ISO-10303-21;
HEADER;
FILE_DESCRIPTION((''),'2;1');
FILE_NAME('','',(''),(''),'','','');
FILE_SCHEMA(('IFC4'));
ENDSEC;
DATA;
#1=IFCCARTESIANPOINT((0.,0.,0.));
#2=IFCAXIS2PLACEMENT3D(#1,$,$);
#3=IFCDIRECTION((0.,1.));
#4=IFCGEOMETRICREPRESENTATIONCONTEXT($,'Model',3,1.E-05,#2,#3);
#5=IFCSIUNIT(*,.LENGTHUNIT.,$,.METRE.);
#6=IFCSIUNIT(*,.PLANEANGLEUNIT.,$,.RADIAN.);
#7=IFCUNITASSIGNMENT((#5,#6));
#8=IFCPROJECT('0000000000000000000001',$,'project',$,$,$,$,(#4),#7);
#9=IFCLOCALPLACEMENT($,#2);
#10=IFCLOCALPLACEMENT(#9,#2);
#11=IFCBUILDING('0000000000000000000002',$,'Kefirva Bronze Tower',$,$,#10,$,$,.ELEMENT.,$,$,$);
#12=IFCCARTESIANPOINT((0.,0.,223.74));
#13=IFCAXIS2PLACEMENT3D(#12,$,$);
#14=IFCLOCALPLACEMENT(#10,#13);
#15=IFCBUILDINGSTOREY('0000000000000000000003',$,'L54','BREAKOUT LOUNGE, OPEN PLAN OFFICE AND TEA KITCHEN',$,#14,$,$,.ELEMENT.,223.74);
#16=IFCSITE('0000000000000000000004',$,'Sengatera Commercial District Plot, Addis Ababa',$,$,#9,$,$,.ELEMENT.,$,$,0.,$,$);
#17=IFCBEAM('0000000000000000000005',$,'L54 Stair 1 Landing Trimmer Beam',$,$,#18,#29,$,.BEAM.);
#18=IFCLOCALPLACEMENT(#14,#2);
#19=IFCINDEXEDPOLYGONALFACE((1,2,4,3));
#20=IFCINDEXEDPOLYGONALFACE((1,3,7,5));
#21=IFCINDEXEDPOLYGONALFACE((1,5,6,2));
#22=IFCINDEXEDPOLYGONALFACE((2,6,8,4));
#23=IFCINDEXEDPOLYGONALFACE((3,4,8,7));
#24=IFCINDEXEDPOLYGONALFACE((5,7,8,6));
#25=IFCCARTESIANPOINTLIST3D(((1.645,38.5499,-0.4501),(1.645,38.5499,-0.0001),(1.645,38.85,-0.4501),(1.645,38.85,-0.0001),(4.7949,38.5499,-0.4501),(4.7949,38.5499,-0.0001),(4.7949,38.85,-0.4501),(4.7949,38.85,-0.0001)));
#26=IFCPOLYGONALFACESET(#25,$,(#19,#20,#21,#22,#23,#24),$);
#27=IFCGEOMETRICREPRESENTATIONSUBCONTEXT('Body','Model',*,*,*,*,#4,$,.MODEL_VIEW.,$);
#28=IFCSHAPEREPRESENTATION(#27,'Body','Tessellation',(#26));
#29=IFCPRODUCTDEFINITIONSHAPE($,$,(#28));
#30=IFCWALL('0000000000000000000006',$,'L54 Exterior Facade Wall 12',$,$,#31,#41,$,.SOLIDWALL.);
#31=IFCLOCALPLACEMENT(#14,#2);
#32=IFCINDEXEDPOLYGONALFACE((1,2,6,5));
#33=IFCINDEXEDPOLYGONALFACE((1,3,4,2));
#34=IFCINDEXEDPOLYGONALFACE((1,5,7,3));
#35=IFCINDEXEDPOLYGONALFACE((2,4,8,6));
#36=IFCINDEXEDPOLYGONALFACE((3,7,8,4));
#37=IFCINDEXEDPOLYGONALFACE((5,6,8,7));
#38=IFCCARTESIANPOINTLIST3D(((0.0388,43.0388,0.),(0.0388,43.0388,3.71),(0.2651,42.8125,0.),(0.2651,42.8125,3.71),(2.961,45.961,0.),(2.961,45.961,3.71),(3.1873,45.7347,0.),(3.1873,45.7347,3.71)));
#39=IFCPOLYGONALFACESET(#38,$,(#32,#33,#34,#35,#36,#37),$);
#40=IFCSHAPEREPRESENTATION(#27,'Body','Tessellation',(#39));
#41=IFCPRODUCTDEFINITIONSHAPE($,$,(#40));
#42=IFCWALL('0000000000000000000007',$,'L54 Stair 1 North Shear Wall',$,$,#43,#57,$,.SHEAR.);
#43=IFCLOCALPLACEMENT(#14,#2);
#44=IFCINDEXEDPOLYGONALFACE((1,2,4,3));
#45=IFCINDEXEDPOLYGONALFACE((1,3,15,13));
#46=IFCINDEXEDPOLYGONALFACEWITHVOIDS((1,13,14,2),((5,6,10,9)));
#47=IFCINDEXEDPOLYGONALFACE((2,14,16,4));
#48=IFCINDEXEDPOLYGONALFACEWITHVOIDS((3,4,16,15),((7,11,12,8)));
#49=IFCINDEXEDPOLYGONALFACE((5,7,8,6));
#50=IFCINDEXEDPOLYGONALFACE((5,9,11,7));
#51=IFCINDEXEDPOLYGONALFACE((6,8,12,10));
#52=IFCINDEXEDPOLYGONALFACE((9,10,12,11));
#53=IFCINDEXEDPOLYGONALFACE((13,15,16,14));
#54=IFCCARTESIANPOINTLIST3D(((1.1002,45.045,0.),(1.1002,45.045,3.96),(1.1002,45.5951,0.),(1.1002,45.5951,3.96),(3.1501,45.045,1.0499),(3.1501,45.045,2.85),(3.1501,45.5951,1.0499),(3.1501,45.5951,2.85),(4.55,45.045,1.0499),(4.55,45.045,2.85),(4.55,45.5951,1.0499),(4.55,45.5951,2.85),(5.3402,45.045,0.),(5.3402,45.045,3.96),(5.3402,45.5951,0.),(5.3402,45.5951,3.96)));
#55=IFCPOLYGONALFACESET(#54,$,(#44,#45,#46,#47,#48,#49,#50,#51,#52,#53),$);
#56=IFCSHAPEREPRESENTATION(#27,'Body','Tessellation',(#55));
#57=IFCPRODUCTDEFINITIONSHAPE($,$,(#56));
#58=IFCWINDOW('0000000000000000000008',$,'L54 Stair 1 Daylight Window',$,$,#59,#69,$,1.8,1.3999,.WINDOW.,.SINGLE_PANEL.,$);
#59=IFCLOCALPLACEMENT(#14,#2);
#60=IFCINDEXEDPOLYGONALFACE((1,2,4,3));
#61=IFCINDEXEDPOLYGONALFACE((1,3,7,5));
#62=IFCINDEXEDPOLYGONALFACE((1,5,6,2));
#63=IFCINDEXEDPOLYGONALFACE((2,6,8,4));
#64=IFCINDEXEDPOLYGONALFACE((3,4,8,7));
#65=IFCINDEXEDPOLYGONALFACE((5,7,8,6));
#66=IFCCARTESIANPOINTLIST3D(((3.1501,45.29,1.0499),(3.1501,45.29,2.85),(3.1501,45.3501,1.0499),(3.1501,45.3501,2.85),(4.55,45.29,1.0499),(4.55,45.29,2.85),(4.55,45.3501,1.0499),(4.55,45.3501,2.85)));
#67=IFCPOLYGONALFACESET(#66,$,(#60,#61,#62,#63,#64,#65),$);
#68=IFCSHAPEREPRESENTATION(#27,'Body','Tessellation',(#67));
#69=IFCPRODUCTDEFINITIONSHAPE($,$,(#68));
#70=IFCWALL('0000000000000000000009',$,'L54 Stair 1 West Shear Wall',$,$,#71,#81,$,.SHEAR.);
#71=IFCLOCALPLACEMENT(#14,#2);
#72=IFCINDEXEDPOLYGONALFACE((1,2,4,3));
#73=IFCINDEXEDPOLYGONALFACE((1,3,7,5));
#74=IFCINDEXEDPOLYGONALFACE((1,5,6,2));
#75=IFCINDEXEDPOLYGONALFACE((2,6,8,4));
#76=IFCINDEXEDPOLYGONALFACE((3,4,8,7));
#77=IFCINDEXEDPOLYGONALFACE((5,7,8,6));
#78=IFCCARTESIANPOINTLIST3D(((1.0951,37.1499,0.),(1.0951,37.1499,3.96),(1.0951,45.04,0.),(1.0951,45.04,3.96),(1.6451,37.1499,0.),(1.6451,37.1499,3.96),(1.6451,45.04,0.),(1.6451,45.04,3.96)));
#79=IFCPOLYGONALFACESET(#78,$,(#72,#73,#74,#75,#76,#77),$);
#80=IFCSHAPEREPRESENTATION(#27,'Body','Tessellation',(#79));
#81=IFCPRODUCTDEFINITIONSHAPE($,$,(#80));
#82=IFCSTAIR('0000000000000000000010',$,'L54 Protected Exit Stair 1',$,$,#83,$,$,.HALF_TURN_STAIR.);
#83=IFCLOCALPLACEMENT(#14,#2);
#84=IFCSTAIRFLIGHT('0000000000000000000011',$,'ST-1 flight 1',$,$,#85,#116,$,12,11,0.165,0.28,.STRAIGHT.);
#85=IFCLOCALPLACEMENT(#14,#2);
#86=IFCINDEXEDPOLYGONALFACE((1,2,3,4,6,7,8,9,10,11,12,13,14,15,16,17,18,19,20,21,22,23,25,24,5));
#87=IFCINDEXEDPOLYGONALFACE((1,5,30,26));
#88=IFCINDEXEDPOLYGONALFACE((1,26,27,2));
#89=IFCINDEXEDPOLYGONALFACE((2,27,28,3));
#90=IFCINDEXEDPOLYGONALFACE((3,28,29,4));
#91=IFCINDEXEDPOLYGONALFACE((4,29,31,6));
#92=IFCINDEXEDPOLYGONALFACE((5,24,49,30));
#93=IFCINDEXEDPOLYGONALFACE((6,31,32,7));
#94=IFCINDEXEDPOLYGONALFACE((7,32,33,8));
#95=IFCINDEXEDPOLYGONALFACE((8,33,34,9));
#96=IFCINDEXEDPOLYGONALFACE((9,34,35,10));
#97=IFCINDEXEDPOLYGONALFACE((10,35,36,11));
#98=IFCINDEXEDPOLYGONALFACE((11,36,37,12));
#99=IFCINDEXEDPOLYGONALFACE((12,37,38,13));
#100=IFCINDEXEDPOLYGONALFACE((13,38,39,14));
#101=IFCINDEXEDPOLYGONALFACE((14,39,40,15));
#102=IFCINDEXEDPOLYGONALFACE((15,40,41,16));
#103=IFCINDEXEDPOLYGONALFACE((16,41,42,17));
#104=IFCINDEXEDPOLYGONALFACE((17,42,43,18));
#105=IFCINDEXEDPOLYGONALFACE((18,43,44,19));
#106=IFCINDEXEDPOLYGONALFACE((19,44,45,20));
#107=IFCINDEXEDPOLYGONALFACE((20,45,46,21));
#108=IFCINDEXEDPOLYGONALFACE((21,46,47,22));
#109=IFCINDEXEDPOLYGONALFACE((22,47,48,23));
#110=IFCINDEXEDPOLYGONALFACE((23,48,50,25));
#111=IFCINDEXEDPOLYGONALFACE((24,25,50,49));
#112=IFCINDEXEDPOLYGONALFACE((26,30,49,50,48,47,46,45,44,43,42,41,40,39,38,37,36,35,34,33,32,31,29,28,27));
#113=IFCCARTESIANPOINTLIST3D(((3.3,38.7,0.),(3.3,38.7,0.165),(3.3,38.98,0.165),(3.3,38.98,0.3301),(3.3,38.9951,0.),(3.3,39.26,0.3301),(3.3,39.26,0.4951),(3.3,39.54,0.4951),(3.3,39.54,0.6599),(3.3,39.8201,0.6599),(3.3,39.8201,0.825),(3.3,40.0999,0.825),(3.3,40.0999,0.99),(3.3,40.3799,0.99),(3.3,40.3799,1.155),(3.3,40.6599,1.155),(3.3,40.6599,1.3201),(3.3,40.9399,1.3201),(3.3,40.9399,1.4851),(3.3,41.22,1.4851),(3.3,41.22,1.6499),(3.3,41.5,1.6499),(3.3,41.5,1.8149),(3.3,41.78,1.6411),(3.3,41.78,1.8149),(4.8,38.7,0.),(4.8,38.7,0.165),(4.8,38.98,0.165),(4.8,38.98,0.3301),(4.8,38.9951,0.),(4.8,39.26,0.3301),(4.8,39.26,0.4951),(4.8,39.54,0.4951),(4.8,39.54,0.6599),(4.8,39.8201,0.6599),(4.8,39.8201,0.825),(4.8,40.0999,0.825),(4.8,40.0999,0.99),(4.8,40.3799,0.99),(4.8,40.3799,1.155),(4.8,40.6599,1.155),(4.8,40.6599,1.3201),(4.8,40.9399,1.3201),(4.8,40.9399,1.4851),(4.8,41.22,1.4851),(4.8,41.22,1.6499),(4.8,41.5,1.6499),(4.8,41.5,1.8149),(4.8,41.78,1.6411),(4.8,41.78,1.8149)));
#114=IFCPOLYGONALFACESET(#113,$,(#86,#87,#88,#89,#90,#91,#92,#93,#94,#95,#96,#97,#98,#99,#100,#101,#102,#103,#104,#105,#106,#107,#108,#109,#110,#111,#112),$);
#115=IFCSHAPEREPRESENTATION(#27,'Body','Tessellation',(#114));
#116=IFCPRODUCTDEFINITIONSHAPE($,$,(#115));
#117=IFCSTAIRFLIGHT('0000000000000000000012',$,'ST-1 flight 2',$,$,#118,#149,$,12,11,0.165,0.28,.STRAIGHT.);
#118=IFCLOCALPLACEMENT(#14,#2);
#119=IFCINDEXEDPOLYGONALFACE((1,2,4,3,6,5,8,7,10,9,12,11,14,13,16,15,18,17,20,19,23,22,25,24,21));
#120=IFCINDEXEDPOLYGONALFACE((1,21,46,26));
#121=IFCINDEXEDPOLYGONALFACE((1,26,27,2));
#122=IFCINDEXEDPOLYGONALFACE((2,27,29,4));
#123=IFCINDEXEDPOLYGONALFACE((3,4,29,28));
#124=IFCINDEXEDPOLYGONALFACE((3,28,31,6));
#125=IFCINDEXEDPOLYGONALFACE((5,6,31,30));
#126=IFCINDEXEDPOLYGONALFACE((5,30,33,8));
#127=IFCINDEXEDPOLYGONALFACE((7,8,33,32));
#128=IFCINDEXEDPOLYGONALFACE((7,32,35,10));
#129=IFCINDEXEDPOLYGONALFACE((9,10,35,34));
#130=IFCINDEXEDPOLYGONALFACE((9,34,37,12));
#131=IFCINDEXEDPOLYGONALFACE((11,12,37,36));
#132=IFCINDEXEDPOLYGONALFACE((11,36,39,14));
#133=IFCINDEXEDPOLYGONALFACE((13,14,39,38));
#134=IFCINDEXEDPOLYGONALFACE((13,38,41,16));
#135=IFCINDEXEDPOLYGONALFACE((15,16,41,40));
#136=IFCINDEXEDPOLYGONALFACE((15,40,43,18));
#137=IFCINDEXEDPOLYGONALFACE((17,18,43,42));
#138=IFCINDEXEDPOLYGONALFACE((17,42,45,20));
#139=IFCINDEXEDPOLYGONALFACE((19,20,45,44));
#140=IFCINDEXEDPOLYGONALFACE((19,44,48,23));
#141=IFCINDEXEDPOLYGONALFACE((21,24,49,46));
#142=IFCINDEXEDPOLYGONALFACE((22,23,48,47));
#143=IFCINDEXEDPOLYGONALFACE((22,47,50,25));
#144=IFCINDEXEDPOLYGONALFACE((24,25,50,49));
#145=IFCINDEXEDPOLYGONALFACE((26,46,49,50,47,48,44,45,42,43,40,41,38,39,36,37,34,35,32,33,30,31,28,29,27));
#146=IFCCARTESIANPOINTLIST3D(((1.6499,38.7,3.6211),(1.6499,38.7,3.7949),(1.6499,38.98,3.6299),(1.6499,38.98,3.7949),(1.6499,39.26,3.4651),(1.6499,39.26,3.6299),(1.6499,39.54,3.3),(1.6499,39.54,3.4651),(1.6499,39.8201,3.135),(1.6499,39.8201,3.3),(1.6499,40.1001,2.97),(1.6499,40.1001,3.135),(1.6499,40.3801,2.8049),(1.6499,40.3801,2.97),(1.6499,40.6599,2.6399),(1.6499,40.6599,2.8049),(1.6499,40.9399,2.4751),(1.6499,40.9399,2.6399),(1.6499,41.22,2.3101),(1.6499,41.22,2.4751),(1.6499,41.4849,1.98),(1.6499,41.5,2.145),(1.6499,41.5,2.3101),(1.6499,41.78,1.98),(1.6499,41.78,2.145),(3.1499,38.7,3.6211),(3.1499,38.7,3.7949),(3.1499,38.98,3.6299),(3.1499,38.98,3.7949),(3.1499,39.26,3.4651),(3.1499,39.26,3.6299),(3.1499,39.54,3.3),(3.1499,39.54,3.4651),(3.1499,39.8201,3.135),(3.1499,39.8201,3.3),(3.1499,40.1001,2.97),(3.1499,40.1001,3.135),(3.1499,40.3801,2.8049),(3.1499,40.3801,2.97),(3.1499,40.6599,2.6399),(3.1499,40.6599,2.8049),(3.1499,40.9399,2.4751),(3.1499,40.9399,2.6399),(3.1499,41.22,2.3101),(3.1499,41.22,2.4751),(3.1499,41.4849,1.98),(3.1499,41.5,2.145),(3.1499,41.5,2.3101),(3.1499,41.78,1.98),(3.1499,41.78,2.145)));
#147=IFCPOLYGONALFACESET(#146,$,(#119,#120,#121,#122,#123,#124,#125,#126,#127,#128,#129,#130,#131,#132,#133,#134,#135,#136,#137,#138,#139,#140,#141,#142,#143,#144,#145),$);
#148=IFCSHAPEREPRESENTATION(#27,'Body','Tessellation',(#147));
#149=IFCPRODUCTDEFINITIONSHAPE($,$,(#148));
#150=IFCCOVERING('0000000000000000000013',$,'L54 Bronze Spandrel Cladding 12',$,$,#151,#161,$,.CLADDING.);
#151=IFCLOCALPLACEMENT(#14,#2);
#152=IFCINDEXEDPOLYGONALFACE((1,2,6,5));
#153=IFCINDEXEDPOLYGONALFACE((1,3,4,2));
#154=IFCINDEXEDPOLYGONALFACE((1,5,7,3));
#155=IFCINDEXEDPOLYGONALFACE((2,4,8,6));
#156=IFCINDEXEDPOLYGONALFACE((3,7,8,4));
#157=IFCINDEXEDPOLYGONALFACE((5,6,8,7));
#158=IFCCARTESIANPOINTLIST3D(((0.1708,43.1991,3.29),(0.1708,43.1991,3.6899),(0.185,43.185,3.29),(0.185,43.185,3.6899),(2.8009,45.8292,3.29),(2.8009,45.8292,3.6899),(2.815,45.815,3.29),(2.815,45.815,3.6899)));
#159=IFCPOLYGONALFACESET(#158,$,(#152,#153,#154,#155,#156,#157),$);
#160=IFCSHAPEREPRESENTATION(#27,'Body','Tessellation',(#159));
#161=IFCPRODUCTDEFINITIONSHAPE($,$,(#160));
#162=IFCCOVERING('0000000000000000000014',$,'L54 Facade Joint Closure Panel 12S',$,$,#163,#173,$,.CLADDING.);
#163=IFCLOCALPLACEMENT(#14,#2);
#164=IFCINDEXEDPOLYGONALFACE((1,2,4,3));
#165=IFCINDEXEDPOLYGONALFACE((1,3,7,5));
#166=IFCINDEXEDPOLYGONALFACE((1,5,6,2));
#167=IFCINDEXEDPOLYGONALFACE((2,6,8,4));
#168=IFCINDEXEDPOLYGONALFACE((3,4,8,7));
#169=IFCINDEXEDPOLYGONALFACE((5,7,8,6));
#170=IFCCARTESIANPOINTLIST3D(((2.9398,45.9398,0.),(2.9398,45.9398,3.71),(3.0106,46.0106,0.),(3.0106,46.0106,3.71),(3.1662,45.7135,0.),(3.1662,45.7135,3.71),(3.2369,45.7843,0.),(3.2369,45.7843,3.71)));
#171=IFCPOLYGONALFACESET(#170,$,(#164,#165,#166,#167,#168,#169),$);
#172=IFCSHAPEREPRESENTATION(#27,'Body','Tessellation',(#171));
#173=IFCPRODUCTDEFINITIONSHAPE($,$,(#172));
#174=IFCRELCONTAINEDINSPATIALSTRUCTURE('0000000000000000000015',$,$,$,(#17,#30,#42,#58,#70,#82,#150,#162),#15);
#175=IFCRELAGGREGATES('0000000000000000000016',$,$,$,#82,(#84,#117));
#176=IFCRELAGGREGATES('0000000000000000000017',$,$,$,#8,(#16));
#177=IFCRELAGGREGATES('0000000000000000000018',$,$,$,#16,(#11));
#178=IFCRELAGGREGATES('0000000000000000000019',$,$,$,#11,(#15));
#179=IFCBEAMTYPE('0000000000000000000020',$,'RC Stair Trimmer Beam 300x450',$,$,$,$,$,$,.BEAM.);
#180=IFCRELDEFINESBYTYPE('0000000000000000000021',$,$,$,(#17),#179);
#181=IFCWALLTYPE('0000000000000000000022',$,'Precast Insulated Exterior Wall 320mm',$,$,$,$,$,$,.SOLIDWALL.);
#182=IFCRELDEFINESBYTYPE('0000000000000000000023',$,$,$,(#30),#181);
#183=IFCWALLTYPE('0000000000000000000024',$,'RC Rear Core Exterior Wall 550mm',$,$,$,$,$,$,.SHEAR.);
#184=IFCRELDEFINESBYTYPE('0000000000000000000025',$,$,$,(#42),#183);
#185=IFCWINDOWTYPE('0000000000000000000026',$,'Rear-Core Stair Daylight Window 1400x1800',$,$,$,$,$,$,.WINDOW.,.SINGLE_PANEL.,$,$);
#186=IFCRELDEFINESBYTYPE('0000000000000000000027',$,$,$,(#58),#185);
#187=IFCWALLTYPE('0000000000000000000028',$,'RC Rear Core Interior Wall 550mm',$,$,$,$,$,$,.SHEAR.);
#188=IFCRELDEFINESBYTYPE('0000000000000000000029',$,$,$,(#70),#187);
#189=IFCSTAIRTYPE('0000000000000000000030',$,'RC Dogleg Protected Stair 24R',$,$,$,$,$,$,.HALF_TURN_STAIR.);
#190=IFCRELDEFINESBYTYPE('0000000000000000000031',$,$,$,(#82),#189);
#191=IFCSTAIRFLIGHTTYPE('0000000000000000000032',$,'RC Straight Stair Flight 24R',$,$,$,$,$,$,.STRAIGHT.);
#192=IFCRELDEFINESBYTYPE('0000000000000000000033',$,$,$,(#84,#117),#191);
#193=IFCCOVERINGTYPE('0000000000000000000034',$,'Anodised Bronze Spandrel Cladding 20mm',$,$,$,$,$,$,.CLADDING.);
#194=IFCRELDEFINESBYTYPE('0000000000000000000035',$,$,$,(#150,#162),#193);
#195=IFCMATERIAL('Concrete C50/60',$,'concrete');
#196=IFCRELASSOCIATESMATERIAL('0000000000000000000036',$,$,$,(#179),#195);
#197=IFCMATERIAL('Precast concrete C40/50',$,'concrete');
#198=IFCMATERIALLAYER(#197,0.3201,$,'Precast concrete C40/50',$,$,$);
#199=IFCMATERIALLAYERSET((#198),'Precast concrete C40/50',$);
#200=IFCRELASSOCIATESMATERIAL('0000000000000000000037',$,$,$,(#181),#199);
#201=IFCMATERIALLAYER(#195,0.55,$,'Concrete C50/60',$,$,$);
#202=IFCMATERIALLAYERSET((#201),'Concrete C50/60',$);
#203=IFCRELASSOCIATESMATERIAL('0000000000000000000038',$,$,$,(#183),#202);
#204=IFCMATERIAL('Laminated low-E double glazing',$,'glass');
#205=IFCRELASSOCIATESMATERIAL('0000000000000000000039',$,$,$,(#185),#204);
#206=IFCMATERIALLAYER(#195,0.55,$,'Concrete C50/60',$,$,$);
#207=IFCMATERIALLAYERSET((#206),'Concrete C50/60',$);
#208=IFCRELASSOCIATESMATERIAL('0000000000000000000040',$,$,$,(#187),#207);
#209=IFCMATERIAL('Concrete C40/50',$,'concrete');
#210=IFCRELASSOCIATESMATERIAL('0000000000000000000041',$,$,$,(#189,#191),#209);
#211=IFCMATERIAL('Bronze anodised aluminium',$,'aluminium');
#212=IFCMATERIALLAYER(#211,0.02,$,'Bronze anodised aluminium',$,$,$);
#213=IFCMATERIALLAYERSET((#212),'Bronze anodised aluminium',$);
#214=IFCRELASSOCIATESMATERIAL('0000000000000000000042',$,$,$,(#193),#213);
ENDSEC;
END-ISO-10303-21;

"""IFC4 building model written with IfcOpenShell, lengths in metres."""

from ifc_helpers import new_model, si_unit, direction, frame, frame_2d, origin, origin_2d, place, context, subcontext, project, spatial, polyline, rectangle, outline, extrude, material, layer, layer_set, material_profile, profile_set, type_object, element, fill, aggregate, save


model = new_model("IFC4")

# Units and contexts
model_context = context("Model", 3, precision=1e-05, world=origin(), true_north=direction((0.0, 1.0)))
body_context = subcontext(model_context, "Body", "Model", "MODEL_VIEW")
ifc_project = project(units=[si_unit("LENGTHUNIT", "METRE"), si_unit("PLANEANGLEUNIT", "RADIAN")], contexts=[model_context])

# Site, building, storey
site_placement = place(None, origin())
site = spatial("IfcSite", under=ifc_project, at=site_placement, Name="Sengatera Commercial District Plot, Addis Ababa", CompositionType="ELEMENT", RefElevation=0.0)
building_placement = place(site_placement, origin())
building = spatial("IfcBuilding", under=site, at=building_placement, Name="Kefirva Bronze Tower", CompositionType="ELEMENT")
storey_placement = place(building_placement, frame((0.0, 0.0, 223.74)))
storey = spatial("IfcBuildingStorey", under=building, at=storey_placement, Name="L54", Description="BREAKOUT LOUNGE, OPEN PLAN OFFICE AND TEA KITCHEN", CompositionType="ELEMENT", Elevation=223.74)

# Beam
ifc_material_1 = material(Name="Concrete C50/60", Category="concrete")
ifc_material_profile = material_profile(ifc_material_1, rectangle(XDim=0.3, YDim=0.45, at=origin_2d()), Name="RC 300x450")
ifc_profile_set = profile_set([ifc_material_profile], Name="Concrete C50/60")
beam_type = type_object("IfcBeamType", Name="RC Stair Trimmer Beam 300x450", PredefinedType="BEAM", material=ifc_profile_set)
beam_placement = place(storey_placement, frame((1.645, 38.7, -0.2251), z_axis=(1.0, 0.0, 0.0), x_axis=(0.0, 1.0, 0.0)))
element("IfcBeam", 1, at=beam_placement, inside=storey, type_object=beam_type, Name="L54 Stair 1 Landing Trimmer Beam", PredefinedType="BEAM", context=body_context, shape_type="SweptSolid", body=[
    extrude(rectangle(XDim=0.3, YDim=0.45, at=origin_2d()), origin(), (0.0, 0.0, 1.0), 3.1499),
])

# Wall
ifc_material_2 = material(Name="Precast concrete C40/50", Category="concrete")
ifc_layer_1 = layer(ifc_material_2, 0.3201, Name="Precast concrete C40/50")
ifc_layer_set_1 = layer_set([ifc_layer_1], Name="Precast concrete C40/50")
wall_type_1 = type_object("IfcWallType", Name="Precast Insulated Exterior Wall 320mm", PredefinedType="SOLIDWALL", material=ifc_layer_set_1)
wall_1_placement = place(storey_placement, frame((3.0742, 45.8479, 0.0), z_axis=(0.0, 0.0, 1.0), x_axis=(-0.707107, -0.707107, 0.0)))
element("IfcWall", 2, at=wall_1_placement, inside=storey, type_object=wall_type_1, Name="L54 Exterior Facade Wall 12", PredefinedType="SOLIDWALL", context=body_context, shape_type="SweptSolid", body=[
    extrude(rectangle(XDim=4.1326, YDim=0.3201, at=frame_2d((2.0664, 0.0))), origin(), (0.0, 0.0, 1.0), 3.71),
])

# Wall, opening, window
ifc_layer_2 = layer(ifc_material_1, 0.55, Name="Concrete C50/60")
ifc_layer_set_2 = layer_set([ifc_layer_2], Name="Concrete C50/60")
wall_type_2 = type_object("IfcWallType", Name="RC Rear Core Exterior Wall 550mm", PredefinedType="SHEAR", material=ifc_layer_set_2)
wall_2_placement = place(storey_placement, frame((1.1001, 45.3201, 0.0), z_axis=(0.0, 0.0, 1.0), x_axis=(1.0, 0.0, 0.0)))
wall_2 = element("IfcWall", 3, at=wall_2_placement, inside=storey, type_object=wall_type_2, Name="L54 Stair 1 North Shear Wall", PredefinedType="SHEAR", context=body_context, shape_type="SweptSolid", body=[
    extrude(rectangle(XDim=4.24, YDim=0.55, at=frame_2d((2.1201, 0.0))), origin(), (0.0, 0.0, 1.0), 3.96),
])
opening_1_placement = place(wall_2_placement, frame((2.05, 0.0, 1.05)))
opening_1 = element("IfcOpeningElement", 4, at=opening_1_placement, cuts=wall_2, PredefinedType="OPENING", context=body_context, shape_type="SweptSolid", body=[
    extrude(rectangle(XDim=1.3999, YDim=1.8, at=frame_2d((0.7, 0.8999))), frame((0.0, 0.2852, 0.0), z_axis=(0.0, -1.0, 0.0), x_axis=(1.0, 0.0, 0.0)), (0.0, 0.0, 1.0), 0.5701),
])
ifc_material_3 = material(Name="Laminated low-E double glazing", Category="glass")
window_type = type_object("IfcWindowType", Name="Rear-Core Stair Daylight Window 1400x1800", PartitioningType="SINGLE_PANEL", PredefinedType="WINDOW", material=ifc_material_3)
window_placement = place(opening_1_placement, origin())
window = element("IfcWindow", 5, at=window_placement, inside=storey, type_object=window_type, Name="L54 Stair 1 Daylight Window", OverallHeight=1.8, OverallWidth=1.3999, PartitioningType="SINGLE_PANEL", PredefinedType="WINDOW", context=body_context, shape_type="SweptSolid", body=[
    extrude(rectangle(XDim=1.3999, YDim=1.8, at=frame_2d((0.7, 0.8999))), frame((0.0, 0.03, 0.0), z_axis=(0.0, -1.0, 0.0), x_axis=(1.0, 0.0, 0.0)), (0.0, 0.0, 1.0), 0.0601),
])
fill(opening_1, window)

# Wall
ifc_layer_3 = layer(ifc_material_1, 0.55, Name="Concrete C50/60")
ifc_layer_set_3 = layer_set([ifc_layer_3], Name="Concrete C50/60")
wall_type_3 = type_object("IfcWallType", Name="RC Rear Core Interior Wall 550mm", PredefinedType="SHEAR", material=ifc_layer_set_3)
wall_3_placement = place(storey_placement, frame((1.3701, 37.1499, 0.0), z_axis=(0.0, 0.0, 1.0), x_axis=(0.0, 1.0, 0.0)))
element("IfcWall", 6, at=wall_3_placement, inside=storey, type_object=wall_type_3, Name="L54 Stair 1 West Shear Wall", PredefinedType="SHEAR", context=body_context, shape_type="SweptSolid", body=[
    extrude(rectangle(XDim=7.8901, YDim=0.55, at=frame_2d((3.9451, 0.0))), origin(), (0.0, 0.0, 1.0), 3.96),
])

# Stair, stair flights
ifc_material_4 = material(Name="Concrete C40/50", Category="concrete")
stair_type = type_object("IfcStairType", Name="RC Dogleg Protected Stair 24R", PredefinedType="HALF_TURN_STAIR", material=ifc_material_4)
stair_placement = place(storey_placement, origin())
stair = element("IfcStair", 7, at=stair_placement, inside=storey, type_object=stair_type, Name="L54 Protected Exit Stair 1", PredefinedType="HALF_TURN_STAIR")
stair_flight_type = type_object("IfcStairFlightType", Name="RC Straight Stair Flight 24R", PredefinedType="STRAIGHT", material=ifc_material_4)
stair_flight_1_placement = place(storey_placement, frame((4.05, 38.7, 0.0), z_axis=(0.0, 0.0, 1.0), x_axis=(0.0, 1.0, 0.0)))
stair_flight_1 = element("IfcStairFlight", 8, at=stair_flight_1_placement, type_object=stair_flight_type, Name="ST-1 flight 1", NumberOfRisers=12, NumberOfTreads=11, PredefinedType="STRAIGHT", RiserHeight=0.165, TreadLength=0.28, context=body_context, shape_type="SweptSolid", body=[
    extrude(outline(polyline([(0.0, 0.0), (0.0, 0.165), (0.28, 0.165), (0.28, 0.3301), (0.5601, 0.3301), (0.5601, 0.4951), (0.8401, 0.4951), (0.8401, 0.6599), (1.1201, 0.6599), (1.1201, 0.825), (1.3999, 0.825), (1.3999, 0.99), (1.6799, 0.99), (1.6799, 1.155), (1.96, 1.155), (1.96, 1.3201), (2.24, 1.3201), (2.24, 1.4851), (2.52, 1.4851), (2.52, 1.6499), (2.8, 1.6499), (2.8, 1.8149), (3.0801, 1.8149), (3.0801, 1.98), (3.0801, 1.6411), (0.2952, 0.0), (0.0, 0.0)])), frame((0.0, 0.75, 0.0), z_axis=(0.0, -1.0, 0.0), x_axis=(1.0, 0.0, 0.0)), (0.0, 0.0, 1.0), 1.5),
])
stair_flight_2_placement = place(storey_placement, frame((2.3999, 41.78, 1.98), z_axis=(0.0, 0.0, 1.0), x_axis=(0.0, -1.0, 0.0)))
stair_flight_2 = element("IfcStairFlight", 9, at=stair_flight_2_placement, type_object=stair_flight_type, Name="ST-1 flight 2", NumberOfRisers=12, NumberOfTreads=11, PredefinedType="STRAIGHT", RiserHeight=0.165, TreadLength=0.28, context=body_context, shape_type="SweptSolid", body=[
    extrude(outline(polyline([(0.0, 0.0), (0.0, 0.165), (0.28, 0.165), (0.28, 0.3301), (0.5601, 0.3301), (0.5601, 0.4951), (0.8401, 0.4951), (0.8401, 0.6599), (1.1201, 0.6599), (1.1201, 0.825), (1.3999, 0.825), (1.3999, 0.99), (1.6799, 0.99), (1.6799, 1.155), (1.96, 1.155), (1.96, 1.3201), (2.24, 1.3201), (2.24, 1.4851), (2.52, 1.4851), (2.52, 1.6499), (2.8, 1.6499), (2.8, 1.8149), (3.0801, 1.8149), (3.0801, 1.98), (3.0801, 1.6411), (0.2952, 0.0), (0.0, 0.0)])), frame((0.0, 0.75, 0.0), z_axis=(0.0, -1.0, 0.0), x_axis=(1.0, 0.0, 0.0)), (0.0, 0.0, 1.0), 1.5),
])
aggregate(stair, [stair_flight_1, stair_flight_2])

# Coverings
ifc_material_5 = material(Name="Bronze anodised aluminium", Category="aluminium")
ifc_layer_4 = layer(ifc_material_5, 0.02, Name="Bronze anodised aluminium")
ifc_layer_set_4 = layer_set([ifc_layer_4], Name="Bronze anodised aluminium")
covering_type_1 = type_object("IfcCoveringType", Name="Anodised Bronze Spandrel Cladding 20mm", PredefinedType="CLADDING", material=ifc_layer_set_4)
covering_1_placement = place(storey_placement, frame((1.4929, 44.5071, 3.29), z_axis=(0.0, 0.0, 1.0), x_axis=(-0.707107, -0.707107, 0.0)))
element("IfcCovering", 10, at=covering_1_placement, inside=storey, type_object=covering_type_1, Name="L54 Bronze Spandrel Cladding 12", PredefinedType="CLADDING", context=body_context, shape_type="SweptSolid", body=[
    extrude(rectangle(XDim=3.7195, YDim=0.02, at=origin_2d()), origin(), (0.0, 0.0, 1.0), 0.3999),
])
for number, where, z_axis, x_axis, name in (
    (11, (3.0884, 45.8621, 0.0), (0.0, 0.0, 1.0), (-0.707107, -0.707107, 0.0), "L54 Facade Joint Closure Panel 12S"),
):
    element("IfcCovering", number, at=place(storey_placement, frame(where, z_axis=z_axis, x_axis=x_axis)), inside=storey, type_object=covering_type_1, Name=name, PredefinedType="CLADDING", context=body_context, shape_type="SweptSolid", body=[
        extrude(rectangle(XDim=0.1001, YDim=0.3201, at=origin_2d()), origin(), (0.0, 0.0, 1.0), 3.71),
    ])

save(model, "model.ifc")
